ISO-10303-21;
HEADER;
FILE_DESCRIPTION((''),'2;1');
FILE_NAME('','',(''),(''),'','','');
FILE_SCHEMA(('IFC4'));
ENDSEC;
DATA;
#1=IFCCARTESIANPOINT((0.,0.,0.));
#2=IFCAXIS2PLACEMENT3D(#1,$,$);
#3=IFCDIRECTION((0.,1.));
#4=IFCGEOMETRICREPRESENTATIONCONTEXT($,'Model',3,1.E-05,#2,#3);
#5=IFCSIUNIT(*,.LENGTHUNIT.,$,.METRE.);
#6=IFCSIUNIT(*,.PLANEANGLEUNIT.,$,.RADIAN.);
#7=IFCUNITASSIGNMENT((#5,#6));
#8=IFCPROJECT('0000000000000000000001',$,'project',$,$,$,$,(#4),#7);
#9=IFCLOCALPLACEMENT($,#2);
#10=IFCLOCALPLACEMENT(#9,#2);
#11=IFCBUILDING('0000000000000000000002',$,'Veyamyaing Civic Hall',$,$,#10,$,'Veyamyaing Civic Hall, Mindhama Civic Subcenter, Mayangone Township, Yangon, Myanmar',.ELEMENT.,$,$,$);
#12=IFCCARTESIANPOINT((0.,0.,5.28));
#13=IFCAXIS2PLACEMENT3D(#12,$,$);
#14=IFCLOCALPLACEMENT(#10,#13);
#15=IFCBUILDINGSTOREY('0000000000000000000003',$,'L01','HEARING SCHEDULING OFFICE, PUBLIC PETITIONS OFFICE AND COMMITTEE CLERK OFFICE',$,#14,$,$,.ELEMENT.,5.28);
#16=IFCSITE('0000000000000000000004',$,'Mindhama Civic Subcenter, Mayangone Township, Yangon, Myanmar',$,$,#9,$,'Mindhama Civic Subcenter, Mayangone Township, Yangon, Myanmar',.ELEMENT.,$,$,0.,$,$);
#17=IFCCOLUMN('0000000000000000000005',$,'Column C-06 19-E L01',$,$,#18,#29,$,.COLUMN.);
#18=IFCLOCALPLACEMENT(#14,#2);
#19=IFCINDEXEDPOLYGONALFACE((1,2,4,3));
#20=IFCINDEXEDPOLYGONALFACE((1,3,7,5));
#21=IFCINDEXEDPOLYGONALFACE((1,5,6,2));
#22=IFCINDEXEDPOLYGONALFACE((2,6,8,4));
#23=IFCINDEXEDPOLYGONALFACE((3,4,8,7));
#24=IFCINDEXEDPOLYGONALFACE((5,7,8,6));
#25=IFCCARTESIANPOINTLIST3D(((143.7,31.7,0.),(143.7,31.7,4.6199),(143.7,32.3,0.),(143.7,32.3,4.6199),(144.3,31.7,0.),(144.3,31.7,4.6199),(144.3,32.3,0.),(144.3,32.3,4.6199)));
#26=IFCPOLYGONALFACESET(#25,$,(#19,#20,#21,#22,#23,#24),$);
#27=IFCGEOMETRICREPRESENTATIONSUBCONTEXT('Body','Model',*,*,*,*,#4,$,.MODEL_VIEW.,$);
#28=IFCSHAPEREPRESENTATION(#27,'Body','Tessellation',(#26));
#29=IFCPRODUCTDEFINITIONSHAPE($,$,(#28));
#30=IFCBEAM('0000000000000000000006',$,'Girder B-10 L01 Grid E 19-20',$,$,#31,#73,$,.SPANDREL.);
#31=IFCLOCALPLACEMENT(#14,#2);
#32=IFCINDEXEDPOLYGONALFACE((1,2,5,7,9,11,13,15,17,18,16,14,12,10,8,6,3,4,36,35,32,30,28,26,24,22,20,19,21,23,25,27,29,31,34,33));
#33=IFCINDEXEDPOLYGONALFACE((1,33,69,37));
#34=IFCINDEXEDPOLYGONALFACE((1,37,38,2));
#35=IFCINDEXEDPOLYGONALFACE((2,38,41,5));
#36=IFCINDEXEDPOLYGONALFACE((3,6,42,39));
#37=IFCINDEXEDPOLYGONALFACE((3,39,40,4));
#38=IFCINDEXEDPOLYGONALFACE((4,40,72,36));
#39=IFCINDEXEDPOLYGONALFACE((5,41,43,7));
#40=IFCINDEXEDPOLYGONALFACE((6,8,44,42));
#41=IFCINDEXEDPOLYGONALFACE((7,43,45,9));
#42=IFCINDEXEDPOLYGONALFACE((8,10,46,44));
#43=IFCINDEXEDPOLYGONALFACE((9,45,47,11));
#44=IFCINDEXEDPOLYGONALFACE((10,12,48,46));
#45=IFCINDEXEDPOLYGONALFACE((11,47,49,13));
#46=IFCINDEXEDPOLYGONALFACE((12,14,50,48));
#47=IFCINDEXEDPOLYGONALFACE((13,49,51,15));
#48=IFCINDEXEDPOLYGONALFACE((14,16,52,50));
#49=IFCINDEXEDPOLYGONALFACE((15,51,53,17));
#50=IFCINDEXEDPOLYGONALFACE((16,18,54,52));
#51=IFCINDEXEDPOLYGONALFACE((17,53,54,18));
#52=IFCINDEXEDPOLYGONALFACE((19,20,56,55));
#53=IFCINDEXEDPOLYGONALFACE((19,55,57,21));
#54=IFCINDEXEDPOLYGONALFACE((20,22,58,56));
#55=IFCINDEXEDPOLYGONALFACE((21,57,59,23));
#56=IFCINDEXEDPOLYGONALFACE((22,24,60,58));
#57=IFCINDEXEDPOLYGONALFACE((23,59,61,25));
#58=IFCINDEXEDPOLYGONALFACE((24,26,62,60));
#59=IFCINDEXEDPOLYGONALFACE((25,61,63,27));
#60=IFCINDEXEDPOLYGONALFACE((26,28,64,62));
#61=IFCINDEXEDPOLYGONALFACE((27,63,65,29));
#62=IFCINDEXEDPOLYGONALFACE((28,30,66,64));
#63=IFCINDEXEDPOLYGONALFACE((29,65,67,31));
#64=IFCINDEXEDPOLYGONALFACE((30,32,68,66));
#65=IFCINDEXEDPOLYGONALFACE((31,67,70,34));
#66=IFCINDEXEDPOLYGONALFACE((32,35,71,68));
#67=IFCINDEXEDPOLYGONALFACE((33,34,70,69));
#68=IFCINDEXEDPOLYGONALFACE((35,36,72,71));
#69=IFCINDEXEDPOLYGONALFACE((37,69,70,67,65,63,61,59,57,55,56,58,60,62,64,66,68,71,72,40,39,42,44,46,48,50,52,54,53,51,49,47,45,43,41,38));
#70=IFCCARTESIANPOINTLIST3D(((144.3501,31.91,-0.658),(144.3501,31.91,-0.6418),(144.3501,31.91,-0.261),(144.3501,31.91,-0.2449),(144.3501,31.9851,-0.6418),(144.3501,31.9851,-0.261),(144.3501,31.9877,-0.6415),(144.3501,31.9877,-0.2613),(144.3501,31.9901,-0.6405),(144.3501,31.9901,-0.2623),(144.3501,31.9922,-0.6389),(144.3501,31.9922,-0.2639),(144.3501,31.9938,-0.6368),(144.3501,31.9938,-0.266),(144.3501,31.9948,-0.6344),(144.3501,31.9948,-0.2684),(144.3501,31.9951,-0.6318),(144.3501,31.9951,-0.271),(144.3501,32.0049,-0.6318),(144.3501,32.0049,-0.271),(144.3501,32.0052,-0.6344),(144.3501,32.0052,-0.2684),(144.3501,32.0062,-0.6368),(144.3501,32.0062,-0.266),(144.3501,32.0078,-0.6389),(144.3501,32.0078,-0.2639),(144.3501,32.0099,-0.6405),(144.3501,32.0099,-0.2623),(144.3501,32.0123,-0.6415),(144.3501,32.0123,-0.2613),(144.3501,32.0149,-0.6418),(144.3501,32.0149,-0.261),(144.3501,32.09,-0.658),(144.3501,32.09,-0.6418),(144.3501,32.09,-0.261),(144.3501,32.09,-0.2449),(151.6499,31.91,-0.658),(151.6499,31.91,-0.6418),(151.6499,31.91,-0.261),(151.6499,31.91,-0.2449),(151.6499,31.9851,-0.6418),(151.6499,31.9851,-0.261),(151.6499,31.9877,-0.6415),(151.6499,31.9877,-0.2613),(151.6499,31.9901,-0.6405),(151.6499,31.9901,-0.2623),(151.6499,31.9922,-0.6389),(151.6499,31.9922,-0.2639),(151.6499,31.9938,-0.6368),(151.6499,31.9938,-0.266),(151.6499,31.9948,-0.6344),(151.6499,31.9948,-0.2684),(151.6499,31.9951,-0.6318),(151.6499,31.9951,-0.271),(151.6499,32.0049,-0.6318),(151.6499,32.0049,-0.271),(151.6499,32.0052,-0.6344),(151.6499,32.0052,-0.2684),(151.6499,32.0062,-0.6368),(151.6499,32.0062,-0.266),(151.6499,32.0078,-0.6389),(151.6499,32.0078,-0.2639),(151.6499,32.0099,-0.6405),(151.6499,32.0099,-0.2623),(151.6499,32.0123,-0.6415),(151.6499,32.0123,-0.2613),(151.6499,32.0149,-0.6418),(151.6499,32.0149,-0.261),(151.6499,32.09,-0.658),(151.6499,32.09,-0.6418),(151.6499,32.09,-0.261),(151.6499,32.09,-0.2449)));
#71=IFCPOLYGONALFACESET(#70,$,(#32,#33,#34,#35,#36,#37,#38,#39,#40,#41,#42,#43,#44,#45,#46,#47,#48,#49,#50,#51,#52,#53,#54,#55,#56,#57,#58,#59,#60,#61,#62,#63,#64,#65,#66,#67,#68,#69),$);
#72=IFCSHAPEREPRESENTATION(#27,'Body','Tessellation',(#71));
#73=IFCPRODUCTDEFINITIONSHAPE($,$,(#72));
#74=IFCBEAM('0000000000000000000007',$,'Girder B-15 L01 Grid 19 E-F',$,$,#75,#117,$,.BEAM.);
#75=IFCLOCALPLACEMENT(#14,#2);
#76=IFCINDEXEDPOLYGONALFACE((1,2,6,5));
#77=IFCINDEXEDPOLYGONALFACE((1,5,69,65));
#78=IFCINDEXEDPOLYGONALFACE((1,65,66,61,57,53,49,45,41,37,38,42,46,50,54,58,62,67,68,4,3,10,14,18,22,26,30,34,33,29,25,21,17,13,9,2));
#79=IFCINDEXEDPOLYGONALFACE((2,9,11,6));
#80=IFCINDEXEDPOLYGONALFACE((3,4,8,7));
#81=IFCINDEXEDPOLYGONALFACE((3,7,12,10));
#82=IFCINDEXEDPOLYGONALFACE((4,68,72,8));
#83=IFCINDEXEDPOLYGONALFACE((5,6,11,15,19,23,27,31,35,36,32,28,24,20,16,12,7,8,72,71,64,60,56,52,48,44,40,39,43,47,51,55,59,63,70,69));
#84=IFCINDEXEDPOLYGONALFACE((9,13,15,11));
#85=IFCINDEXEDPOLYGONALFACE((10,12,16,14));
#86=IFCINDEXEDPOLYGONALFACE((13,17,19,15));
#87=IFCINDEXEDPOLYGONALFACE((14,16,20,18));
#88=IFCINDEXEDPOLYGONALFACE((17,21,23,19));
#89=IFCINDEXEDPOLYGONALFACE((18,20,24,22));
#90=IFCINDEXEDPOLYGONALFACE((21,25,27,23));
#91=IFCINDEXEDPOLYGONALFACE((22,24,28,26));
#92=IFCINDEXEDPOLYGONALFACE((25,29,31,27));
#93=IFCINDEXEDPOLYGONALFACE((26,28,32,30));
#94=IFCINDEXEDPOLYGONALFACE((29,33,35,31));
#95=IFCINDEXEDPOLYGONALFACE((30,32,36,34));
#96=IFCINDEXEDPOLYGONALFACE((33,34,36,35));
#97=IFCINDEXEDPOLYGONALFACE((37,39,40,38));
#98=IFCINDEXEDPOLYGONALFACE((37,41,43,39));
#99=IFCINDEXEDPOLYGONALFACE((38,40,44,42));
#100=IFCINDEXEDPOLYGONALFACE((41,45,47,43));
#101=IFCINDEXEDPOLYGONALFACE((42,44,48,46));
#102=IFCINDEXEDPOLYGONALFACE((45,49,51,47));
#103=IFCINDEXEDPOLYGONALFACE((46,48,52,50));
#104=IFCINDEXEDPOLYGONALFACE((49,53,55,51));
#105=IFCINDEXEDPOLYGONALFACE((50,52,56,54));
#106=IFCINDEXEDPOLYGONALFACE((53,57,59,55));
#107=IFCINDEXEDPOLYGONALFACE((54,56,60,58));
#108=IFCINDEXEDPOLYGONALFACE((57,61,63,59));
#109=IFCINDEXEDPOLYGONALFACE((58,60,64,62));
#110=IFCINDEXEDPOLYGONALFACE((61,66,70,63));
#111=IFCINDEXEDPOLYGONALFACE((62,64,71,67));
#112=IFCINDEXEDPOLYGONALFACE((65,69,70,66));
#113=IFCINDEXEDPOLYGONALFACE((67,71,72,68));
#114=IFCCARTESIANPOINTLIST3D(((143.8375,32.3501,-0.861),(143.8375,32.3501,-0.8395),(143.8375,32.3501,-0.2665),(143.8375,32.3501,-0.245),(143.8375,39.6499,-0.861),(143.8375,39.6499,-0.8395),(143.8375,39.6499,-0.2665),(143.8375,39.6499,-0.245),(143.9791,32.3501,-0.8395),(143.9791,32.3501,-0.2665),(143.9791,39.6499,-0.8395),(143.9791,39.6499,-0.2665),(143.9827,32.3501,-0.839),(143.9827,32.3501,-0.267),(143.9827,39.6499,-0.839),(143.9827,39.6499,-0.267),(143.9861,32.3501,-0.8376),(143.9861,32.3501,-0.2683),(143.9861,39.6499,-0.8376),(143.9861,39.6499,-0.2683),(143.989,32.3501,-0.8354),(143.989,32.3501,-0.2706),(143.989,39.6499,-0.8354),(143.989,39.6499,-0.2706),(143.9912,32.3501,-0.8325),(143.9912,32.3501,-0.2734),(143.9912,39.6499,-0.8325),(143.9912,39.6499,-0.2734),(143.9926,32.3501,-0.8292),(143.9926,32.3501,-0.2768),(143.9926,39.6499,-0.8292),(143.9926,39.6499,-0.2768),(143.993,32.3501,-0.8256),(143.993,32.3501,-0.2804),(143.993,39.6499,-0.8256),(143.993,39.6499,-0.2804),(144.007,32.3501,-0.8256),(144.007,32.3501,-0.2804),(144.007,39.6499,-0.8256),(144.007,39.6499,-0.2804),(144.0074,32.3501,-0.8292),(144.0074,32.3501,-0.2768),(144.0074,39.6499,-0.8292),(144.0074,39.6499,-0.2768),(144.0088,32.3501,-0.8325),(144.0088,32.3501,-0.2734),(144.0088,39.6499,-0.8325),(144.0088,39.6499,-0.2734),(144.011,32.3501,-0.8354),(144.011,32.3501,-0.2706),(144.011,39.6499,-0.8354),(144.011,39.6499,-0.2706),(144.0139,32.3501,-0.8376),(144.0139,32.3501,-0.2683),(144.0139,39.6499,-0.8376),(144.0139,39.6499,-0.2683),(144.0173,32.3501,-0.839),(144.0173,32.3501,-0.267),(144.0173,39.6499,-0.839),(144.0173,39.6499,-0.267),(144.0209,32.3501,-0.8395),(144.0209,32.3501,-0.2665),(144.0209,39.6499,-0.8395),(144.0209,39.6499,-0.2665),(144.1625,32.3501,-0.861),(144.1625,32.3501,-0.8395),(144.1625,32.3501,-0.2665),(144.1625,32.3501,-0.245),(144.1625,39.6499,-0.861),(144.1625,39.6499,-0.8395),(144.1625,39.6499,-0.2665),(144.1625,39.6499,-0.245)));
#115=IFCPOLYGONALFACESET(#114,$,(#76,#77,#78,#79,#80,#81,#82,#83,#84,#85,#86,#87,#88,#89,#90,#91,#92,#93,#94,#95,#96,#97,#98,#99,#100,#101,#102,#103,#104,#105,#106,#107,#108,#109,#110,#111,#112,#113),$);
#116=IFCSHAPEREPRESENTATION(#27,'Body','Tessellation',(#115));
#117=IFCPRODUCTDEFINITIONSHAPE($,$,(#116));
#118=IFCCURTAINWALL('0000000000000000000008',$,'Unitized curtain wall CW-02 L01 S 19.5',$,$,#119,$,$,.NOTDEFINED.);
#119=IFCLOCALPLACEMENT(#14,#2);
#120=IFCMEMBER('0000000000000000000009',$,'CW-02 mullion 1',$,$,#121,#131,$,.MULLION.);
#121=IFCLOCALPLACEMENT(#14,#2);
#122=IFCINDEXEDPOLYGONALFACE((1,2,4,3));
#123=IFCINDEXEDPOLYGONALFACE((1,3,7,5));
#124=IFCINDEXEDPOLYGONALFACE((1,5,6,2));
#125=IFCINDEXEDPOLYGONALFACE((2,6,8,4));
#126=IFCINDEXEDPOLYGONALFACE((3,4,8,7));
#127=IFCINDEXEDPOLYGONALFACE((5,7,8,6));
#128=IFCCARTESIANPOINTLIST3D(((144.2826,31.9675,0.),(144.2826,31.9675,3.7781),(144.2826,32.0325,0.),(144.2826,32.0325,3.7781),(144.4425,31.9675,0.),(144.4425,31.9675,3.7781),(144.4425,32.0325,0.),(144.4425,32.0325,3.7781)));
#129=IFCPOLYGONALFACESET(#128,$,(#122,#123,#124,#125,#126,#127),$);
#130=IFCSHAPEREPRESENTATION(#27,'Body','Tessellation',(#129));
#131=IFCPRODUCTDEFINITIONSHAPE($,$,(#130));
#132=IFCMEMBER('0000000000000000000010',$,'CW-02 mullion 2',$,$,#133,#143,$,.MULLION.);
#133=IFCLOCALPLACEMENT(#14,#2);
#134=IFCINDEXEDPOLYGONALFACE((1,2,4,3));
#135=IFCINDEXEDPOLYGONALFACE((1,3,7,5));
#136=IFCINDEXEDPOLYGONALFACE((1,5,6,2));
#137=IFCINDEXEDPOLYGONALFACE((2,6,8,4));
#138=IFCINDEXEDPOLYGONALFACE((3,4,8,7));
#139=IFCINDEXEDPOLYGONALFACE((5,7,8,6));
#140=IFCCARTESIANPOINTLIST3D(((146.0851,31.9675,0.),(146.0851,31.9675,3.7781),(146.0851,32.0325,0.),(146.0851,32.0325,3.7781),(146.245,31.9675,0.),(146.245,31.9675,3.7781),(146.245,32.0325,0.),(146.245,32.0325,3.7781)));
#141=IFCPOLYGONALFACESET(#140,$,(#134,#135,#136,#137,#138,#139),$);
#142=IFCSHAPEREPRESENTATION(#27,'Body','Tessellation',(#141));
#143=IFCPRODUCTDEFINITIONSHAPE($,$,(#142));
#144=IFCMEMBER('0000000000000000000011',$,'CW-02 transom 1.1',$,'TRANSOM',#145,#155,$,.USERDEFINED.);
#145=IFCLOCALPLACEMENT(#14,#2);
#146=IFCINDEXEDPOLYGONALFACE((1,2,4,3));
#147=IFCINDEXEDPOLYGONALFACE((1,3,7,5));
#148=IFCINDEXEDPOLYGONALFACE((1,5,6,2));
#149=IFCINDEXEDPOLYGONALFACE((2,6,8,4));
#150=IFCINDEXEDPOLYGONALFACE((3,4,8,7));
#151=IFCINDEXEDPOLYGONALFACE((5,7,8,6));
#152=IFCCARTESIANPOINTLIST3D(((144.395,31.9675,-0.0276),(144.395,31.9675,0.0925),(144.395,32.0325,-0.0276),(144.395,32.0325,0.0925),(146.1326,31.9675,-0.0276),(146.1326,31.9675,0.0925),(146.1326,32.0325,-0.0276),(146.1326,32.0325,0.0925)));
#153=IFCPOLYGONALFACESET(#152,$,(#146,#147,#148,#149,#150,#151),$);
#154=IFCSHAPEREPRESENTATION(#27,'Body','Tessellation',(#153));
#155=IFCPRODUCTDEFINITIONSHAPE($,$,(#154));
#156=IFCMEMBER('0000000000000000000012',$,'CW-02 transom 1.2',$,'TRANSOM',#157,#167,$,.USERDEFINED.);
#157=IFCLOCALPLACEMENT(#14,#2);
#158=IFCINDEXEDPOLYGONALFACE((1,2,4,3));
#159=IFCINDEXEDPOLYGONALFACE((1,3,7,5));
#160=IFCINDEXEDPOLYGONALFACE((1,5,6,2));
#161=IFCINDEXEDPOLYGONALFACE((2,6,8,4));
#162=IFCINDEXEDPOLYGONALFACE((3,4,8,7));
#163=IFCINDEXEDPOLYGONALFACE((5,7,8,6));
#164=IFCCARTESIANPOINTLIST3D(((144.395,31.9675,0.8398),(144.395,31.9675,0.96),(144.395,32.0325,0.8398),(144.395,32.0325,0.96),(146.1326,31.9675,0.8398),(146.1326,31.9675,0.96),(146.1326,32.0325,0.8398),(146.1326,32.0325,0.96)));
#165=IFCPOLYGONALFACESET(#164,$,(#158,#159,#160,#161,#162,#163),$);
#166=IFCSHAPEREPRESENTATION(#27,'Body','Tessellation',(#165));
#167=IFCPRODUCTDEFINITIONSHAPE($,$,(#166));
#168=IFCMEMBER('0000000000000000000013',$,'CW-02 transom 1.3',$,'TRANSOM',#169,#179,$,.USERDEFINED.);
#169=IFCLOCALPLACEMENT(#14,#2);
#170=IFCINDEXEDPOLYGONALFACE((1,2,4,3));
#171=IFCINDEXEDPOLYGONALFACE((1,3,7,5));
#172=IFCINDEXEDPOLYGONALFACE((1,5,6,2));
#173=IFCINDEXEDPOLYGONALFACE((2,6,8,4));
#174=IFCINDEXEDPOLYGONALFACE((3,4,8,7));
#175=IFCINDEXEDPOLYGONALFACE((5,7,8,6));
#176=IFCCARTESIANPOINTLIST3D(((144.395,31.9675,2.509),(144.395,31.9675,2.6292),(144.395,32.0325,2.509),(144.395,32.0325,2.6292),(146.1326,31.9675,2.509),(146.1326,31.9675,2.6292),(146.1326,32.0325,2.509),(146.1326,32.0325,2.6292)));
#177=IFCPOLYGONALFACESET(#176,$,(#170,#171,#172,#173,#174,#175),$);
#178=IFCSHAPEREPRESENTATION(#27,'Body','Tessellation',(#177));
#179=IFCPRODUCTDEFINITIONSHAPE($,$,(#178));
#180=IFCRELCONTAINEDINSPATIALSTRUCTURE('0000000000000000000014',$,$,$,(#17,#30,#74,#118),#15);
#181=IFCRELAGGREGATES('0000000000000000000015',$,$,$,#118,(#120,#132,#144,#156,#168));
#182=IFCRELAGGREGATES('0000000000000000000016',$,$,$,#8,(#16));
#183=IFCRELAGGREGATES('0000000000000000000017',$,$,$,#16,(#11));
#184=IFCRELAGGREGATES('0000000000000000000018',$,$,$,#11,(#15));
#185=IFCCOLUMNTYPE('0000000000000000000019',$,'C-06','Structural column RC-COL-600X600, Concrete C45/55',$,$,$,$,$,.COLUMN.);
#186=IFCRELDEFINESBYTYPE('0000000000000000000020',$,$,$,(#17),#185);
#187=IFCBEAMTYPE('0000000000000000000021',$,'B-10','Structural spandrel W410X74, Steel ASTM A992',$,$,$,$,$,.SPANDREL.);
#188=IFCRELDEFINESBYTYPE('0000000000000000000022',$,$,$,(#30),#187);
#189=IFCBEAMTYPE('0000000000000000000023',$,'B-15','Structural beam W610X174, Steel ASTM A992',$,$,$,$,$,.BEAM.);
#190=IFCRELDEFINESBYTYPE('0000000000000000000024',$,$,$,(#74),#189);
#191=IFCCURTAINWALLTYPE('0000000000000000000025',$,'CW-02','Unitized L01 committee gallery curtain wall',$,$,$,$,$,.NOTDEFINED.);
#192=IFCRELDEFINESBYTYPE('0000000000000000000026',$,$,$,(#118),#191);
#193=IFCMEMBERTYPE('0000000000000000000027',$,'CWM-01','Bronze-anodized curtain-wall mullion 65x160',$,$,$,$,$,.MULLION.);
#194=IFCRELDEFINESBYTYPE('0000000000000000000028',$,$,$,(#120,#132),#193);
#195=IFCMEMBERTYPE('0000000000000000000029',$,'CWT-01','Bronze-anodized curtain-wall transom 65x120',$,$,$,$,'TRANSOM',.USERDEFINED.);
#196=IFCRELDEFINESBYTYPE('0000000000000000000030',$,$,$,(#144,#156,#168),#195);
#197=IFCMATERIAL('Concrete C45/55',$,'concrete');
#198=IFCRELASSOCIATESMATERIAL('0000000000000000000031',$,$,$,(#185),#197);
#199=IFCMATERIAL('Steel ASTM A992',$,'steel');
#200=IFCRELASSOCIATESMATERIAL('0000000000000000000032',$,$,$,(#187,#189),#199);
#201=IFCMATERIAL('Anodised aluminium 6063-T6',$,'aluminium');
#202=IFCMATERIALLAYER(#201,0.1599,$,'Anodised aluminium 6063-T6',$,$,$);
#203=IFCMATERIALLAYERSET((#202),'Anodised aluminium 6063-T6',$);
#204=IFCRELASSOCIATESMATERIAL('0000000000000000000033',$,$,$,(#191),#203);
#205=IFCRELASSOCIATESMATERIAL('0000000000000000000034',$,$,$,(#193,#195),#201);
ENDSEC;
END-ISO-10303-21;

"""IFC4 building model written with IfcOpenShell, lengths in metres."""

from ifc_helpers import new_model, si_unit, direction, frame, origin, origin_2d, place, context, subcontext, project, spatial, rectangle, i_section, extrude, material, layer, layer_set, material_profile, profile_set, type_object, element, aggregate, save


model = new_model("IFC4")

# Units and contexts
model_context = context("Model", 3, precision=1e-05, world=origin(), true_north=direction((0.0, 1.0)))
body_context = subcontext(model_context, "Body", "Model", "MODEL_VIEW")
ifc_project = project(units=[si_unit("LENGTHUNIT", "METRE"), si_unit("PLANEANGLEUNIT", "RADIAN")], contexts=[model_context])

# Site, building, storey
site_placement = place(None, origin())
site = spatial("IfcSite", under=ifc_project, at=site_placement, Name="Mindhama Civic Subcenter, Mayangone Township, Yangon, Myanmar", LongName="Mindhama Civic Subcenter, Mayangone Township, Yangon, Myanmar", CompositionType="ELEMENT", RefElevation=0.0)
building_placement = place(site_placement, origin())
building = spatial("IfcBuilding", under=site, at=building_placement, Name="Veyamyaing Civic Hall", LongName="Veyamyaing Civic Hall, Mindhama Civic Subcenter, Mayangone Township, Yangon, Myanmar", CompositionType="ELEMENT")
storey_placement = place(building_placement, frame((0.0, 0.0, 5.28)))
storey = spatial("IfcBuildingStorey", under=building, at=storey_placement, Name="L01", Description="HEARING SCHEDULING OFFICE, PUBLIC PETITIONS OFFICE AND COMMITTEE CLERK OFFICE", CompositionType="ELEMENT", Elevation=5.28)

# Column
ifc_material_1 = material(Name="Concrete C45/55", Category="concrete")
ifc_material_profile_1 = material_profile(ifc_material_1, rectangle(XDim=0.6001, YDim=0.6001, at=origin_2d()), Name="RC-COL-600X600")
ifc_profile_set_1 = profile_set([ifc_material_profile_1], Name="Concrete C45/55")
column_type = type_object("IfcColumnType", Name="C-06", Description="Structural column RC-COL-600X600, Concrete C45/55", PredefinedType="COLUMN", material=ifc_profile_set_1)
column_placement = place(storey_placement, frame((144.0, 32.0, 0.0), z_axis=(0.0, 0.0, 1.0), x_axis=(1.0, 0.0, 0.0)))
element("IfcColumn", 1, at=column_placement, inside=storey, type_object=column_type, Name="Column C-06 19-E L01", PredefinedType="COLUMN", context=body_context, shape_type="SweptSolid", body=[
    extrude(rectangle(XDim=0.6001, YDim=0.6001, at=origin_2d()), origin(), (0.0, 0.0, 1.0), 4.6199),
])

# Beams
ifc_material_2 = material(Name="Steel ASTM A992", Category="steel")
ifc_material_profile_2 = material_profile(ifc_material_2, i_section(OverallWidth=0.1799, OverallDepth=0.4131, WebThickness=0.0098, FlangeThickness=0.0161, FilletRadius=0.01, at=origin_2d()), Name="W410X74")
ifc_profile_set_2 = profile_set([ifc_material_profile_2], Name="Steel ASTM A992")
beam_type_1 = type_object("IfcBeamType", Name="B-10", Description="Structural spandrel W410X74, Steel ASTM A992", PredefinedType="SPANDREL", material=ifc_profile_set_2)
beam_1_placement = place(storey_placement, frame((144.3501, 32.0, -0.4514), z_axis=(1.0, 0.0, 0.0), x_axis=(0.0, 1.0, 0.0)))
element("IfcBeam", 2, at=beam_1_placement, inside=storey, type_object=beam_type_1, Name="Girder B-10 L01 Grid E 19-20", PredefinedType="SPANDREL", context=body_context, shape_type="SweptSolid", body=[
    extrude(i_section(OverallWidth=0.1799, OverallDepth=0.4131, WebThickness=0.0098, FlangeThickness=0.0161, FilletRadius=0.01, at=origin_2d()), origin(), (0.0, 0.0, 1.0), 7.2998),
])
ifc_material_profile_3 = material_profile(ifc_material_2, i_section(OverallWidth=0.325, OverallDepth=0.616, WebThickness=0.0139, FlangeThickness=0.0215, FilletRadius=0.0139, at=origin_2d()), Name="W610X174")
ifc_profile_set_3 = profile_set([ifc_material_profile_3], Name="Steel ASTM A992")
beam_type_2 = type_object("IfcBeamType", Name="B-15", Description="Structural beam W610X174, Steel ASTM A992", PredefinedType="BEAM", material=ifc_profile_set_3)
beam_2_placement = place(storey_placement, frame((144.0, 32.3501, -0.553), z_axis=(0.0, 1.0, 0.0), x_axis=(-1.0, 0.0, 0.0)))
element("IfcBeam", 3, at=beam_2_placement, inside=storey, type_object=beam_type_2, Name="Girder B-15 L01 Grid 19 E-F", PredefinedType="BEAM", context=body_context, shape_type="SweptSolid", body=[
    extrude(i_section(OverallWidth=0.325, OverallDepth=0.616, WebThickness=0.0139, FlangeThickness=0.0215, FilletRadius=0.0139, at=origin_2d()), origin(), (0.0, 0.0, 1.0), 7.2998),
])

# Curtain wall, members
ifc_material_3 = material(Name="Anodised aluminium 6063-T6", Category="aluminium")
ifc_layer_1 = layer(ifc_material_3, 0.1599, Name="Anodised aluminium 6063-T6")
ifc_layer_set_1 = layer_set([ifc_layer_1], Name="Anodised aluminium 6063-T6")
curtain_wall_type = type_object("IfcCurtainWallType", Name="CW-02", Description="Unitized L01 committee gallery curtain wall", PredefinedType="NOTDEFINED", material=ifc_layer_set_1)
curtain_wall_placement = place(storey_placement, origin())
curtain_wall = element("IfcCurtainWall", 4, at=curtain_wall_placement, inside=storey, type_object=curtain_wall_type, Name="Unitized curtain wall CW-02 L01 S 19.5", PredefinedType="NOTDEFINED")
ifc_material_profile_4 = material_profile(ifc_material_3, rectangle(XDim=0.0649, YDim=0.1599, at=origin_2d()), Name="ALU-MUL-65X160")
ifc_profile_set_4 = profile_set([ifc_material_profile_4], Name="Anodised aluminium 6063-T6")
member_type_1 = type_object("IfcMemberType", Name="CWM-01", Description="Bronze-anodized curtain-wall mullion 65x160", PredefinedType="MULLION", material=ifc_profile_set_4)
member_1_placement = place(storey_placement, frame((144.3625, 32.0, 0.0), z_axis=(0.0, 0.0, 1.0), x_axis=(0.0, 1.0, 0.0)))
member_1 = element("IfcMember", 5, at=member_1_placement, type_object=member_type_1, Name="CW-02 mullion 1", PredefinedType="MULLION", context=body_context, shape_type="SweptSolid", body=[
    extrude(rectangle(XDim=0.0649, YDim=0.1599, at=origin_2d()), origin(), (0.0, 0.0, 1.0), 3.7781),
])
member_2_placement = place(storey_placement, frame((146.165, 32.0, 0.0), z_axis=(0.0, 0.0, 1.0), x_axis=(0.0, 1.0, 0.0)))
member_2 = element("IfcMember", 6, at=member_2_placement, type_object=member_type_1, Name="CW-02 mullion 2", PredefinedType="MULLION", context=body_context, shape_type="SweptSolid", body=[
    extrude(rectangle(XDim=0.0649, YDim=0.1599, at=origin_2d()), origin(), (0.0, 0.0, 1.0), 3.7781),
])
ifc_material_profile_5 = material_profile(ifc_material_3, rectangle(XDim=0.0649, YDim=0.1201, at=origin_2d()), Name="ALU-TRN-65X120")
ifc_profile_set_5 = profile_set([ifc_material_profile_5], Name="Anodised aluminium 6063-T6")
member_type_2 = type_object("IfcMemberType", Name="CWT-01", Description="Bronze-anodized curtain-wall transom 65x120", ElementType="TRANSOM", PredefinedType="USERDEFINED", material=ifc_profile_set_5)
member_3_placement = place(storey_placement, frame((144.395, 32.0, 0.0325), z_axis=(1.0, 0.0, 0.0), x_axis=(0.0, 1.0, 0.0)))
member_3 = element("IfcMember", 7, at=member_3_placement, type_object=member_type_2, Name="CW-02 transom 1.1", ObjectType="TRANSOM", PredefinedType="USERDEFINED", context=body_context, shape_type="SweptSolid", body=[
    extrude(rectangle(XDim=0.0649, YDim=0.1201, at=origin_2d()), origin(), (0.0, 0.0, 1.0), 1.7375),
])
member_4_placement = place(storey_placement, frame((144.395, 32.0, 0.8999), z_axis=(1.0, 0.0, 0.0), x_axis=(0.0, 1.0, 0.0)))
member_4 = element("IfcMember", 8, at=member_4_placement, type_object=member_type_2, Name="CW-02 transom 1.2", ObjectType="TRANSOM", PredefinedType="USERDEFINED", context=body_context, shape_type="SweptSolid", body=[
    extrude(rectangle(XDim=0.0649, YDim=0.1201, at=origin_2d()), origin(), (0.0, 0.0, 1.0), 1.7375),
])
member_5_placement = place(storey_placement, frame((144.395, 32.0, 2.5691), z_axis=(1.0, 0.0, 0.0), x_axis=(0.0, 1.0, 0.0)))
member_5 = element("IfcMember", 9, at=member_5_placement, type_object=member_type_2, Name="CW-02 transom 1.3", ObjectType="TRANSOM", PredefinedType="USERDEFINED", context=body_context, shape_type="SweptSolid", body=[
    extrude(rectangle(XDim=0.0649, YDim=0.1201, at=origin_2d()), origin(), (0.0, 0.0, 1.0), 1.7375),
])

aggregate(curtain_wall, [member_1, member_2, member_3, member_4, member_5])

save(model, "model.ifc")
